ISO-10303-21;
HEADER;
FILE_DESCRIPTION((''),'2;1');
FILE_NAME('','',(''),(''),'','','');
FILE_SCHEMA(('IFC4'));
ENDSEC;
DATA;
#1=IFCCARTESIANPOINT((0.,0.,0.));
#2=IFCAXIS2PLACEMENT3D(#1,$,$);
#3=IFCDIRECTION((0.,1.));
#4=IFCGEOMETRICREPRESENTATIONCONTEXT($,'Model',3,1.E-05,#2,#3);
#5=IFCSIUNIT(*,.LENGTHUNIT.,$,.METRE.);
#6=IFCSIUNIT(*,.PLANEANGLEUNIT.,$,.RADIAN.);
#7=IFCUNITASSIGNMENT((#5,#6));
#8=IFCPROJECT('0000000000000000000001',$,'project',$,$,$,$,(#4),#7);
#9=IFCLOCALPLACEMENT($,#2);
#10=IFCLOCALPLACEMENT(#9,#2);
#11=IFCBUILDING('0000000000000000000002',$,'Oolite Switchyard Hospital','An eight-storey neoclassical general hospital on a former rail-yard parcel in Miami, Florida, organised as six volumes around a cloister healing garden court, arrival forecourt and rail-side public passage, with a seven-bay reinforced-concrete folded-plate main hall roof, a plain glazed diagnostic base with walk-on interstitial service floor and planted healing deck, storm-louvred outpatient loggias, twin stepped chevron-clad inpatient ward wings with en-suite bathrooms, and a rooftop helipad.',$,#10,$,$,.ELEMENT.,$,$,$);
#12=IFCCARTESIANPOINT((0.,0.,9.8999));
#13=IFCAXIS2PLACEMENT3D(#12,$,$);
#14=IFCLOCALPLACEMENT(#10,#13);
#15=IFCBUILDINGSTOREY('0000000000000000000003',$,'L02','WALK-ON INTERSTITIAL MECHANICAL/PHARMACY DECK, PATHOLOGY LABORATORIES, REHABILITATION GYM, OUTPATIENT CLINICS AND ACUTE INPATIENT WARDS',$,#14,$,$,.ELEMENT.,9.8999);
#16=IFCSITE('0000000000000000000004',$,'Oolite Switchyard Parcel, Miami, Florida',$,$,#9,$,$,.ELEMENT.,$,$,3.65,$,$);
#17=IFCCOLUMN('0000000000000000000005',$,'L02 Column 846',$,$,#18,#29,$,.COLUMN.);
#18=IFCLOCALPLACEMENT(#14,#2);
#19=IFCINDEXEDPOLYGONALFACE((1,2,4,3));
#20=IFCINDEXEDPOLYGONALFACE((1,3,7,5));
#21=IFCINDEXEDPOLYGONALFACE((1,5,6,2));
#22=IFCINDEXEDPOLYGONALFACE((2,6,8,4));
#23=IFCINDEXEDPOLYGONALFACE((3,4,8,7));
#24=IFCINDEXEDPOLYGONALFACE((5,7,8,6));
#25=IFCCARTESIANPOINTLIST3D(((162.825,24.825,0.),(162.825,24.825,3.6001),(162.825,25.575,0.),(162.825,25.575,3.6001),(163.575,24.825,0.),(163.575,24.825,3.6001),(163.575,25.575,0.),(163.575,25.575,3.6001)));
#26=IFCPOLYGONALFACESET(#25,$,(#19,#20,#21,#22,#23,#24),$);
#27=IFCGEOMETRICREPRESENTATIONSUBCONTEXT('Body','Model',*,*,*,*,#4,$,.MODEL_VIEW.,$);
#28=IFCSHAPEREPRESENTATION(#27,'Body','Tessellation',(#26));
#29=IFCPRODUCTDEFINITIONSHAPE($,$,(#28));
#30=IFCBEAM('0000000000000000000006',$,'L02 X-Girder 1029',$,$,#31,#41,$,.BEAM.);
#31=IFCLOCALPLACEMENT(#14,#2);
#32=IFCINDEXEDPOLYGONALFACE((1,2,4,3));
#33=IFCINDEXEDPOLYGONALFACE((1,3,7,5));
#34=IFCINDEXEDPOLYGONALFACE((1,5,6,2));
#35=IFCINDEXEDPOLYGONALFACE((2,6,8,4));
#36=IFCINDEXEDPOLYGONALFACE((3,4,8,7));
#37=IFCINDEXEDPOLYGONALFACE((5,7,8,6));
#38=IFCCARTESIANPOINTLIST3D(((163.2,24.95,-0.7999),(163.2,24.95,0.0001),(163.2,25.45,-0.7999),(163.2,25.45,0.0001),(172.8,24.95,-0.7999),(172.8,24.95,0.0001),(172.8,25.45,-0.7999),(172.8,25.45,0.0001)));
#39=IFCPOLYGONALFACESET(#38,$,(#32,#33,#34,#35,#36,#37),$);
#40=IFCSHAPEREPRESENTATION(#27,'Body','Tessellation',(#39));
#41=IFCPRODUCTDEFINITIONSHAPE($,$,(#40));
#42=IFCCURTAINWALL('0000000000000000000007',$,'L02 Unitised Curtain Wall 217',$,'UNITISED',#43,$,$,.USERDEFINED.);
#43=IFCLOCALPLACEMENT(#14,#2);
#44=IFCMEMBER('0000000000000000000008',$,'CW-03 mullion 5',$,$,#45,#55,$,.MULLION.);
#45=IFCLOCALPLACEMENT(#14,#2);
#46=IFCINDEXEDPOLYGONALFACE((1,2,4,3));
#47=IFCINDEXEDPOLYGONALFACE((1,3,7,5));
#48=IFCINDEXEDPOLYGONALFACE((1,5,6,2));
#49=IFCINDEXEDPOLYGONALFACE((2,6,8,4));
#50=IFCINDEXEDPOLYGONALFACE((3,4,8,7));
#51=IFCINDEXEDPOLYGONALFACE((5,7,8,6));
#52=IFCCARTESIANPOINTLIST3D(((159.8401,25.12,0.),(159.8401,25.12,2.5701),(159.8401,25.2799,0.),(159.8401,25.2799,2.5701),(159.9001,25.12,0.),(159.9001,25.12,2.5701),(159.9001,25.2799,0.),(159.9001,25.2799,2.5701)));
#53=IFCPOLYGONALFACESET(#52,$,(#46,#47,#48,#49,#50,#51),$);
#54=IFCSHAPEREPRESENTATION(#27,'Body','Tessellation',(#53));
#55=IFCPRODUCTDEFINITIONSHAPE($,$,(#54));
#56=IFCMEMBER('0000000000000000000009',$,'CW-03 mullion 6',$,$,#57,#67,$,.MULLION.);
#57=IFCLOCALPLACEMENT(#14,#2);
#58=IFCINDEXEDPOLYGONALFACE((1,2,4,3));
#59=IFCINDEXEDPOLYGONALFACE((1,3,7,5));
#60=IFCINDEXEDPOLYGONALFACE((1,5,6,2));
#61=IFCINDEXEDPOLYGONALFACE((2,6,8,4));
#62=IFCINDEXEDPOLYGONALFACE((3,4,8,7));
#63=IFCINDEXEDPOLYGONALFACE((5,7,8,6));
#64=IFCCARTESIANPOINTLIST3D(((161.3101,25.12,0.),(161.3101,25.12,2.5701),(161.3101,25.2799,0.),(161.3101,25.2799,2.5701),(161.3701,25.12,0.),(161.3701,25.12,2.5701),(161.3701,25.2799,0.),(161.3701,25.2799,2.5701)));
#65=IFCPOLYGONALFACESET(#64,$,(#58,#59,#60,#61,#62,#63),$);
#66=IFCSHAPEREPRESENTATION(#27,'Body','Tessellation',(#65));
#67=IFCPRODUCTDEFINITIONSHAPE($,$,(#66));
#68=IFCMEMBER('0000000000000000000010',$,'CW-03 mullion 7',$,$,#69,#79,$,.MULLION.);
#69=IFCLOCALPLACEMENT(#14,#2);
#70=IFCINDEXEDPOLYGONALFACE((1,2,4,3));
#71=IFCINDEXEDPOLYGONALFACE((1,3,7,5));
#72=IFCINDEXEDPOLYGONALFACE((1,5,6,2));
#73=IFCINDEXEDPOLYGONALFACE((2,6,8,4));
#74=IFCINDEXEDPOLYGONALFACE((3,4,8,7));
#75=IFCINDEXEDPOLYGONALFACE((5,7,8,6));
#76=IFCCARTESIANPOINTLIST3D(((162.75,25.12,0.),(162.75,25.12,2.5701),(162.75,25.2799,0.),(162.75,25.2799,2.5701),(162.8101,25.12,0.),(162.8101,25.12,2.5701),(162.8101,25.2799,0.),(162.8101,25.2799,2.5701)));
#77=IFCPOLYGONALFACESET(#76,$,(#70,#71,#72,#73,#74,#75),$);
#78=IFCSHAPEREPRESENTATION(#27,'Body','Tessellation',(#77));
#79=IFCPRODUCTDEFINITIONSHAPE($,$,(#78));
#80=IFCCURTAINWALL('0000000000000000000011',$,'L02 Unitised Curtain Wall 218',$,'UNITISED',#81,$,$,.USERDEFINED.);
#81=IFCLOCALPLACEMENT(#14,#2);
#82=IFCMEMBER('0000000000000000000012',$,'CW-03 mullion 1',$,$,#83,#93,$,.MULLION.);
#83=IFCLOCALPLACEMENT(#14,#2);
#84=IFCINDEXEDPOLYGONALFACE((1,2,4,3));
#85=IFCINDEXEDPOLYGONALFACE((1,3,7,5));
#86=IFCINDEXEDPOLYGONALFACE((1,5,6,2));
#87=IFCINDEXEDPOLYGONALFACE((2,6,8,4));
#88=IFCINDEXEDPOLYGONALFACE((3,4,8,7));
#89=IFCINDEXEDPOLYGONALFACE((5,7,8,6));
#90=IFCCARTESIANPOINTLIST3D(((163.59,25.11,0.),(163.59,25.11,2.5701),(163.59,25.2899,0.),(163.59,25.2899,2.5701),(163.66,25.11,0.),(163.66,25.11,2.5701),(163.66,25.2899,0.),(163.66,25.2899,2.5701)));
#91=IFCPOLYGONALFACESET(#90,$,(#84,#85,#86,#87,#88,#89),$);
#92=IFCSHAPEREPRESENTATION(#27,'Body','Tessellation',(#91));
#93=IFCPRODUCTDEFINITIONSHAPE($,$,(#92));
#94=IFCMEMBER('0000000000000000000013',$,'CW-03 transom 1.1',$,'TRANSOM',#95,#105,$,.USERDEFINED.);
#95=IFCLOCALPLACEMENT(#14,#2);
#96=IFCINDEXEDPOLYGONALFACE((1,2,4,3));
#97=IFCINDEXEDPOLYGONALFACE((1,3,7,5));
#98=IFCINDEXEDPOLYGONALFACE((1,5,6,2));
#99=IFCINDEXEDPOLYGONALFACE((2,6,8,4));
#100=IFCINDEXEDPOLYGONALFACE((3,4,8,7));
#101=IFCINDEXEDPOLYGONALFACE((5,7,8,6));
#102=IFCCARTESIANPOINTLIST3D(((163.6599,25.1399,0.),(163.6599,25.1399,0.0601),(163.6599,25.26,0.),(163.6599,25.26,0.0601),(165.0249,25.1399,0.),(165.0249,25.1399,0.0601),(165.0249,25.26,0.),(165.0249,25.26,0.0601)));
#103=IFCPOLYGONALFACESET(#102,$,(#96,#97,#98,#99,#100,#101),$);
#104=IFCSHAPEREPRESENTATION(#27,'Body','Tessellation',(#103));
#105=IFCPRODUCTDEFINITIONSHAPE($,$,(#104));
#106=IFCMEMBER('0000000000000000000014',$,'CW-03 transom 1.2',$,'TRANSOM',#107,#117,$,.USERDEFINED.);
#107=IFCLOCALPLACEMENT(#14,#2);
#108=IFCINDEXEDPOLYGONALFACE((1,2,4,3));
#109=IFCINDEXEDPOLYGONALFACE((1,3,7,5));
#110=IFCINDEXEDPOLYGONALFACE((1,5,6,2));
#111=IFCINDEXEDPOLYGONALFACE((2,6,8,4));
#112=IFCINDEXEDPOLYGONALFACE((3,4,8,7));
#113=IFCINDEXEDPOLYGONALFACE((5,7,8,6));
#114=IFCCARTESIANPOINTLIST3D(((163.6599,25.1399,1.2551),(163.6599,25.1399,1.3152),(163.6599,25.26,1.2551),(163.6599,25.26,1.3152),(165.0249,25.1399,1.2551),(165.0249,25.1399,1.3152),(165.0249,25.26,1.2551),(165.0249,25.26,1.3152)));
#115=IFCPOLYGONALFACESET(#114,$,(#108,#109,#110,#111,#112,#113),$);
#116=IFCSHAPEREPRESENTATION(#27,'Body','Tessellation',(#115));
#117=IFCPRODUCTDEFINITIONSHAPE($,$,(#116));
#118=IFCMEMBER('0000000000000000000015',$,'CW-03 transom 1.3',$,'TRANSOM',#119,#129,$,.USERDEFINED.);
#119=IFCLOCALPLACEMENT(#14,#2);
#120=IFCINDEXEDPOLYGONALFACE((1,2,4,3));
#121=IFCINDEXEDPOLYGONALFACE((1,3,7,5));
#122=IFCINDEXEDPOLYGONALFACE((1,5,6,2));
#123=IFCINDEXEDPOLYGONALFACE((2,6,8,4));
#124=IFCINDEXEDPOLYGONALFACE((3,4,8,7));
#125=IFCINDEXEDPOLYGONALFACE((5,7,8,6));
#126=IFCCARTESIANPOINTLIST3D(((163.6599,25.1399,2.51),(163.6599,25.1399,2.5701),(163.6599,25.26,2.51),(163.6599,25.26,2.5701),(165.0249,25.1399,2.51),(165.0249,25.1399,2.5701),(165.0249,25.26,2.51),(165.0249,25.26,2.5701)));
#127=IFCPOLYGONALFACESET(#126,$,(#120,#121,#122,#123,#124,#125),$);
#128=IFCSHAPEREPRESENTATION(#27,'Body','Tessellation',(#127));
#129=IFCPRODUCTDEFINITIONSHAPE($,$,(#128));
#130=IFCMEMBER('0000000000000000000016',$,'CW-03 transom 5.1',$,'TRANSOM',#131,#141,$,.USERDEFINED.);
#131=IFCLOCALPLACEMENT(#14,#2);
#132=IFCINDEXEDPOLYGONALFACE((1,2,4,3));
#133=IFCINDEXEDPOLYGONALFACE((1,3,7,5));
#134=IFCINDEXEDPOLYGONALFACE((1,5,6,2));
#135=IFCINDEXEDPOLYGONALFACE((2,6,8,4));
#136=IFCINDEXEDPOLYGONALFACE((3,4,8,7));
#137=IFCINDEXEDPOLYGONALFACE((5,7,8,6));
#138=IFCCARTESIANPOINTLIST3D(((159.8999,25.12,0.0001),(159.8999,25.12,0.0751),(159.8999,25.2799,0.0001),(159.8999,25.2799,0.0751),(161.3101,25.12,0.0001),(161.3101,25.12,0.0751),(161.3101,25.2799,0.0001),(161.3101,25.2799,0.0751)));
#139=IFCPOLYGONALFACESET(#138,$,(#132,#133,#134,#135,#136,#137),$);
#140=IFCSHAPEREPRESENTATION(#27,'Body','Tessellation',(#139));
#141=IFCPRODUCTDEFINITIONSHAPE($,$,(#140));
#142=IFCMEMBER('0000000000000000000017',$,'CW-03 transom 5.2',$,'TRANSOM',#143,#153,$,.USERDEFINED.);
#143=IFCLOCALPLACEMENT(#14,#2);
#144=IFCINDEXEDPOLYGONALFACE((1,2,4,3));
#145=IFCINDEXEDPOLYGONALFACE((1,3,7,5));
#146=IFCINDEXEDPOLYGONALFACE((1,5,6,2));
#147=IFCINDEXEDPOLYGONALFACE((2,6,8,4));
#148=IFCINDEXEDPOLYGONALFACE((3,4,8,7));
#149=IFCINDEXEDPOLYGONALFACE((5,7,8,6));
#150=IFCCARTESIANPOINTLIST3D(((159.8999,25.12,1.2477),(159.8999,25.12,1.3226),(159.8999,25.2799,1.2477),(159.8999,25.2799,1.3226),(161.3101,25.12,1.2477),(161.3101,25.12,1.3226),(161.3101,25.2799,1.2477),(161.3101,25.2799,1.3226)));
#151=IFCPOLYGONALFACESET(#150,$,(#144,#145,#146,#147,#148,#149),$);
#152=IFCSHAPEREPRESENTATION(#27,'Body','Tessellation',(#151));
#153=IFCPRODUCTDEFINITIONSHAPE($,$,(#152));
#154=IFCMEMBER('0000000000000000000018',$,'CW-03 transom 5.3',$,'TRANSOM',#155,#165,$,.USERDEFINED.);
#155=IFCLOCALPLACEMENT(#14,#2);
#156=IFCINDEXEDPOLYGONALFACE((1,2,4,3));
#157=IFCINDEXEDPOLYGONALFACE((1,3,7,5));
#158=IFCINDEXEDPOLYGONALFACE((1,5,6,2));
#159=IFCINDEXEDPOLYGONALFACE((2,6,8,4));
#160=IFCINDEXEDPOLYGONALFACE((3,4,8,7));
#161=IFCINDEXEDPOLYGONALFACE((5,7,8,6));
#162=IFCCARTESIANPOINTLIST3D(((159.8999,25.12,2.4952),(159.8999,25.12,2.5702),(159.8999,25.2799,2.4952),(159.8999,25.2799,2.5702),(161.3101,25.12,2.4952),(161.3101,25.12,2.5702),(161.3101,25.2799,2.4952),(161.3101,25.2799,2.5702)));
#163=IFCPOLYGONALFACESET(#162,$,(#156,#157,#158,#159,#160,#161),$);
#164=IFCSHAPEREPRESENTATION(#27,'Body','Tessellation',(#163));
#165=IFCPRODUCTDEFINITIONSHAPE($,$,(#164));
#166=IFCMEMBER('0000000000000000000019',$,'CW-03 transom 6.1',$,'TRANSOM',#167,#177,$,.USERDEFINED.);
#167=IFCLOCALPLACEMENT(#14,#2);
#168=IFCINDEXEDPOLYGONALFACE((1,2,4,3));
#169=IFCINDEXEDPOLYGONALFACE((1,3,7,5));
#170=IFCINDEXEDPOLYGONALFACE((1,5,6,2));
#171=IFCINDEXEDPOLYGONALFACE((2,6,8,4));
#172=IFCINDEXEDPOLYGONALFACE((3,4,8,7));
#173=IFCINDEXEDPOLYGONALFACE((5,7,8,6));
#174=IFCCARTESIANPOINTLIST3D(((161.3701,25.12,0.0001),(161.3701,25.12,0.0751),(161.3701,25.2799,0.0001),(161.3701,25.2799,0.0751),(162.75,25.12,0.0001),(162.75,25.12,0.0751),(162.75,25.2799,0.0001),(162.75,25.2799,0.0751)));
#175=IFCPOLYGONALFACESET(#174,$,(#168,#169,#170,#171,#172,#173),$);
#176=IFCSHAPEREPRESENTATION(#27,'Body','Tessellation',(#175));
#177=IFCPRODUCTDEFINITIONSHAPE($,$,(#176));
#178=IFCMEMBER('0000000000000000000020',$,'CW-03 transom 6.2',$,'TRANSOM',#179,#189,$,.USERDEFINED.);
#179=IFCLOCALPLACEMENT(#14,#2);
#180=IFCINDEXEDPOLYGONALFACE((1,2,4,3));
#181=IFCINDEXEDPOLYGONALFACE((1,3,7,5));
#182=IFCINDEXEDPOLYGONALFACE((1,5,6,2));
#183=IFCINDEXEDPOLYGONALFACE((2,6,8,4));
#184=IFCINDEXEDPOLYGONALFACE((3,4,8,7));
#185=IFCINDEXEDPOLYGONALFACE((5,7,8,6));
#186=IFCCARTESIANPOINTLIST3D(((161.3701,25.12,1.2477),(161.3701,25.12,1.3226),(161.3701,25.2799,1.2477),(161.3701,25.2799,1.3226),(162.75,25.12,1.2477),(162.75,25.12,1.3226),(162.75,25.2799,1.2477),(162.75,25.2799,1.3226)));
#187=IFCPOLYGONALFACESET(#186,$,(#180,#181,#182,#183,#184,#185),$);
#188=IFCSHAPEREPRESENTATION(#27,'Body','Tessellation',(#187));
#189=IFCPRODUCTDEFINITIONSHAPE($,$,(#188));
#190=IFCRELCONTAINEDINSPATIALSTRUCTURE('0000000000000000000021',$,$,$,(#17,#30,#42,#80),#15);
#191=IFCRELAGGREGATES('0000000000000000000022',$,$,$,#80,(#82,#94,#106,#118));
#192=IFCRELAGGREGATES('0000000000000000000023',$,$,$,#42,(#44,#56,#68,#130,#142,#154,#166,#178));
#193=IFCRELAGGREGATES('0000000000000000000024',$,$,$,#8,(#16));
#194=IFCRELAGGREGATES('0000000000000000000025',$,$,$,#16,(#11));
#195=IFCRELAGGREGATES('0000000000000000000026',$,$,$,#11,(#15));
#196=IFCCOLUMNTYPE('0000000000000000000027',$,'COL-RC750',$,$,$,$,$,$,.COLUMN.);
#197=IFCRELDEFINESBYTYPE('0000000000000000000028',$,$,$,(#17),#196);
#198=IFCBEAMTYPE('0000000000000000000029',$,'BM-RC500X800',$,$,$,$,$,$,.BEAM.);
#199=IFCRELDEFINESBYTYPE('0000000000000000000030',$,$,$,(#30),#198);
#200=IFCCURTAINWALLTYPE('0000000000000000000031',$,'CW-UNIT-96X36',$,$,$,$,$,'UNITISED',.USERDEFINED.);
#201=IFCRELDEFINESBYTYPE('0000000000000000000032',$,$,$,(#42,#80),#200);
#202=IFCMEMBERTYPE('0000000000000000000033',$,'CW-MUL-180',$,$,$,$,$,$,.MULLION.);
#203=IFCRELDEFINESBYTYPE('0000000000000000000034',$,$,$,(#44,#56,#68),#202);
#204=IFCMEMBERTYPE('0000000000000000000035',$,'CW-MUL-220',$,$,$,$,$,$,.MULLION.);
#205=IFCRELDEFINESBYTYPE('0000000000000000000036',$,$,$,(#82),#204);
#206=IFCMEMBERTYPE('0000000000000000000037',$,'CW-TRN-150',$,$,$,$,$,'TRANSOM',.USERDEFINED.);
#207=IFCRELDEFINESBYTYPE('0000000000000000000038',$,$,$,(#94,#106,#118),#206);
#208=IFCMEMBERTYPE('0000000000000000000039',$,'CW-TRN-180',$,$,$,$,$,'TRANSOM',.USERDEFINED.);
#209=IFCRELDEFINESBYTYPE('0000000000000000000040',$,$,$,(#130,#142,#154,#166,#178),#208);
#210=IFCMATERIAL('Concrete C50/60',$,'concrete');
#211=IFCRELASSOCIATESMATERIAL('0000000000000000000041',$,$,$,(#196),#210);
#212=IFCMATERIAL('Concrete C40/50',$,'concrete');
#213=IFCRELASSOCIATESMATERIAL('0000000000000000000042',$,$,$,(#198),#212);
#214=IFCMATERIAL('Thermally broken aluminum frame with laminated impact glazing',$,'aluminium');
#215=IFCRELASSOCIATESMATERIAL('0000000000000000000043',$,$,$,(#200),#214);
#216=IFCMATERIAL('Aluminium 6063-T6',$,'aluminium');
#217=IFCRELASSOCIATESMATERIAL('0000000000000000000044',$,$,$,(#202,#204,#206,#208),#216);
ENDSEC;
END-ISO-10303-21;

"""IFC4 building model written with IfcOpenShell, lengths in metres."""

from ifc_helpers import new_model, si_unit, direction, frame, origin, origin_2d, place, context, subcontext, project, spatial, rectangle, extrude, material, material_profile, profile_set, type_object, element, aggregate, save


model = new_model("IFC4")

# Units and contexts
model_context = context("Model", 3, precision=1e-05, world=origin(), true_north=direction((0.0, 1.0)))
body_context = subcontext(model_context, "Body", "Model", "MODEL_VIEW")
ifc_project = project(units=[si_unit("LENGTHUNIT", "METRE"), si_unit("PLANEANGLEUNIT", "RADIAN")], contexts=[model_context])

# Site, building, storey
site_placement = place(None, origin())
site = spatial("IfcSite", under=ifc_project, at=site_placement, Name="Oolite Switchyard Parcel, Miami, Florida", CompositionType="ELEMENT", RefElevation=3.65)
building_placement = place(site_placement, origin())
building = spatial("IfcBuilding", under=site, at=building_placement, Name="Oolite Switchyard Hospital", Description="An eight-storey neoclassical general hospital on a former rail-yard parcel in Miami, Florida, organised as six volumes around a cloister healing garden court, arrival forecourt and rail-side public passage, with a seven-bay reinforced-concrete folded-plate main hall roof, a plain glazed diagnostic base with walk-on interstitial service floor and planted healing deck, storm-louvred outpatient loggias, twin stepped chevron-clad inpatient ward wings with en-suite bathrooms, and a rooftop helipad.", CompositionType="ELEMENT")
storey_placement = place(building_placement, frame((0.0, 0.0, 9.8999)))
storey = spatial("IfcBuildingStorey", under=building, at=storey_placement, Name="L02", Description="WALK-ON INTERSTITIAL MECHANICAL/PHARMACY DECK, PATHOLOGY LABORATORIES, REHABILITATION GYM, OUTPATIENT CLINICS AND ACUTE INPATIENT WARDS", CompositionType="ELEMENT", Elevation=9.8999)

# Column
ifc_material_1 = material(Name="Concrete C50/60", Category="concrete")
ifc_material_profile_1 = material_profile(ifc_material_1, rectangle(XDim=0.75, YDim=0.75, at=origin_2d()), Name="RC750X750")
ifc_profile_set_1 = profile_set([ifc_material_profile_1], Name="Concrete C50/60")
column_type = type_object("IfcColumnType", Name="COL-RC750", PredefinedType="COLUMN", material=ifc_profile_set_1)
column_placement = place(storey_placement, frame((163.2, 25.2, 0.0), z_axis=(0.0, 0.0, 1.0), x_axis=(1.0, 0.0, 0.0)))
element("IfcColumn", 1, at=column_placement, inside=storey, type_object=column_type, Name="L02 Column 846", PredefinedType="COLUMN", context=body_context, shape_type="SweptSolid", body=[
    extrude(rectangle(XDim=0.75, YDim=0.75, at=origin_2d()), origin(), (0.0, 0.0, 1.0), 3.6001),
])

# Beam
ifc_material_2 = material(Name="Concrete C40/50", Category="concrete")
ifc_material_profile_2 = material_profile(ifc_material_2, rectangle(XDim=0.5, YDim=0.8, at=origin_2d()), Name="RCB500X800")
ifc_profile_set_2 = profile_set([ifc_material_profile_2], Name="Concrete C40/50")
beam_type = type_object("IfcBeamType", Name="BM-RC500X800", PredefinedType="BEAM", material=ifc_profile_set_2)
beam_placement = place(storey_placement, frame((163.2, 25.2, -0.3999), z_axis=(1.0, 0.0, 0.0), x_axis=(0.0, 1.0, 0.0)))
element("IfcBeam", 2, at=beam_placement, inside=storey, type_object=beam_type, Name="L02 X-Girder 1029", PredefinedType="BEAM", context=body_context, shape_type="SweptSolid", body=[
    extrude(rectangle(XDim=0.5, YDim=0.8, at=origin_2d()), origin(), (0.0, 0.0, 1.0), 9.6001),
])

# Curtain walls, members
ifc_material_3 = material(Name="Thermally broken aluminum frame with laminated impact glazing", Category="aluminium")
curtain_wall_type = type_object("IfcCurtainWallType", Name="CW-UNIT-96X36", ElementType="UNITISED", PredefinedType="USERDEFINED", material=ifc_material_3)
curtain_wall_1_placement = place(storey_placement, origin())
curtain_wall_1 = element("IfcCurtainWall", 3, at=curtain_wall_1_placement, inside=storey, type_object=curtain_wall_type, Name="L02 Unitised Curtain Wall 217", ObjectType="UNITISED", PredefinedType="USERDEFINED")
ifc_material_4 = material(Name="Aluminium 6063-T6", Category="aluminium")
ifc_material_profile_3 = material_profile(ifc_material_4, rectangle(XDim=0.1599, YDim=0.0601, at=origin_2d()), Name="CWM60X160")
ifc_profile_set_3 = profile_set([ifc_material_profile_3], Name="Aluminium 6063-T6")
member_type_1 = type_object("IfcMemberType", Name="CW-MUL-180", PredefinedType="MULLION", material=ifc_profile_set_3)
member_1_placement = place(storey_placement, frame((159.8701, 25.2, 0.0), z_axis=(0.0, 0.0, 1.0), x_axis=(0.0, 1.0, 0.0)))
member_1 = element("IfcMember", 4, at=member_1_placement, type_object=member_type_1, Name="CW-03 mullion 5", PredefinedType="MULLION", context=body_context, shape_type="SweptSolid", body=[
    extrude(rectangle(XDim=0.1599, YDim=0.0601, at=origin_2d()), origin(), (0.0, 0.0, 1.0), 2.5701),
])
member_2_placement = place(storey_placement, frame((161.3401, 25.2, 0.0), z_axis=(0.0, 0.0, 1.0), x_axis=(0.0, 1.0, 0.0)))
member_2 = element("IfcMember", 5, at=member_2_placement, type_object=member_type_1, Name="CW-03 mullion 6", PredefinedType="MULLION", context=body_context, shape_type="SweptSolid", body=[
    extrude(rectangle(XDim=0.1599, YDim=0.0601, at=origin_2d()), origin(), (0.0, 0.0, 1.0), 2.5701),
])
member_3_placement = place(storey_placement, frame((162.78, 25.2, 0.0), z_axis=(0.0, 0.0, 1.0), x_axis=(0.0, 1.0, 0.0)))
member_3 = element("IfcMember", 6, at=member_3_placement, type_object=member_type_1, Name="CW-03 mullion 7", PredefinedType="MULLION", context=body_context, shape_type="SweptSolid", body=[
    extrude(rectangle(XDim=0.1599, YDim=0.0601, at=origin_2d()), origin(), (0.0, 0.0, 1.0), 2.5701),
])
curtain_wall_2_placement = place(storey_placement, origin())
curtain_wall_2 = element("IfcCurtainWall", 7, at=curtain_wall_2_placement, inside=storey, type_object=curtain_wall_type, Name="L02 Unitised Curtain Wall 218", ObjectType="UNITISED", PredefinedType="USERDEFINED")
ifc_material_profile_4 = material_profile(ifc_material_4, rectangle(XDim=0.1799, YDim=0.0701, at=origin_2d()), Name="CWM70X180")
ifc_profile_set_4 = profile_set([ifc_material_profile_4], Name="Aluminium 6063-T6")
member_type_2 = type_object("IfcMemberType", Name="CW-MUL-220", PredefinedType="MULLION", material=ifc_profile_set_4)
member_4_placement = place(storey_placement, frame((163.625, 25.2, 0.0), z_axis=(0.0, 0.0, 1.0), x_axis=(0.0, 1.0, 0.0)))
member_4 = element("IfcMember", 8, at=member_4_placement, type_object=member_type_2, Name="CW-03 mullion 1", PredefinedType="MULLION", context=body_context, shape_type="SweptSolid", body=[
    extrude(rectangle(XDim=0.1799, YDim=0.0701, at=origin_2d()), origin(), (0.0, 0.0, 1.0), 2.5701),
])
ifc_material_profile_5 = material_profile(ifc_material_4, rectangle(XDim=0.1201, YDim=0.0601, at=origin_2d()), Name="CWT60X120")
ifc_profile_set_5 = profile_set([ifc_material_profile_5], Name="Aluminium 6063-T6")
member_type_3 = type_object("IfcMemberType", Name="CW-TRN-150", ElementType="TRANSOM", PredefinedType="USERDEFINED", material=ifc_profile_set_5)
member_5_placement = place(storey_placement, frame((163.6599, 25.2, 0.03), z_axis=(1.0, 0.0, 0.0), x_axis=(0.0, 1.0, 0.0)))
member_5 = element("IfcMember", 9, at=member_5_placement, type_object=member_type_3, Name="CW-03 transom 1.1", ObjectType="TRANSOM", PredefinedType="USERDEFINED", context=body_context, shape_type="SweptSolid", body=[
    extrude(rectangle(XDim=0.1201, YDim=0.0601, at=origin_2d()), origin(), (0.0, 0.0, 1.0), 1.365),
])
member_6_placement = place(storey_placement, frame((163.6599, 25.2, 1.2852), z_axis=(1.0, 0.0, 0.0), x_axis=(0.0, 1.0, 0.0)))
member_6 = element("IfcMember", 10, at=member_6_placement, type_object=member_type_3, Name="CW-03 transom 1.2", ObjectType="TRANSOM", PredefinedType="USERDEFINED", context=body_context, shape_type="SweptSolid", body=[
    extrude(rectangle(XDim=0.1201, YDim=0.0601, at=origin_2d()), origin(), (0.0, 0.0, 1.0), 1.365),
])
member_7_placement = place(storey_placement, frame((163.6599, 25.2, 2.54), z_axis=(1.0, 0.0, 0.0), x_axis=(0.0, 1.0, 0.0)))
member_7 = element("IfcMember", 11, at=member_7_placement, type_object=member_type_3, Name="CW-03 transom 1.3", ObjectType="TRANSOM", PredefinedType="USERDEFINED", context=body_context, shape_type="SweptSolid", body=[
    extrude(rectangle(XDim=0.1201, YDim=0.0601, at=origin_2d()), origin(), (0.0, 0.0, 1.0), 1.365),
])

# Members
ifc_material_profile_6 = material_profile(ifc_material_4, rectangle(XDim=0.1599, YDim=0.075, at=origin_2d()), Name="CWT75X160")
ifc_profile_set_6 = profile_set([ifc_material_profile_6], Name="Aluminium 6063-T6")
member_type_4 = type_object("IfcMemberType", Name="CW-TRN-180", ElementType="TRANSOM", PredefinedType="USERDEFINED", material=ifc_profile_set_6)
member_8_placement = place(storey_placement, frame((159.8999, 25.2, 0.0376), z_axis=(1.0, 0.0, 0.0), x_axis=(0.0, 1.0, 0.0)))
member_8 = element("IfcMember", 12, at=member_8_placement, type_object=member_type_4, Name="CW-03 transom 5.1", ObjectType="TRANSOM", PredefinedType="USERDEFINED", context=body_context, shape_type="SweptSolid", body=[
    extrude(rectangle(XDim=0.1599, YDim=0.075, at=origin_2d()), origin(), (0.0, 0.0, 1.0), 1.4102),
])
member_9_placement = place(storey_placement, frame((159.8999, 25.2, 1.2852), z_axis=(1.0, 0.0, 0.0), x_axis=(0.0, 1.0, 0.0)))
member_9 = element("IfcMember", 13, at=member_9_placement, type_object=member_type_4, Name="CW-03 transom 5.2", ObjectType="TRANSOM", PredefinedType="USERDEFINED", context=body_context, shape_type="SweptSolid", body=[
    extrude(rectangle(XDim=0.1599, YDim=0.075, at=origin_2d()), origin(), (0.0, 0.0, 1.0), 1.4102),
])
member_10_placement = place(storey_placement, frame((159.8999, 25.2, 2.5327), z_axis=(1.0, 0.0, 0.0), x_axis=(0.0, 1.0, 0.0)))
member_10 = element("IfcMember", 14, at=member_10_placement, type_object=member_type_4, Name="CW-03 transom 5.3", ObjectType="TRANSOM", PredefinedType="USERDEFINED", context=body_context, shape_type="SweptSolid", body=[
    extrude(rectangle(XDim=0.1599, YDim=0.075, at=origin_2d()), origin(), (0.0, 0.0, 1.0), 1.4102),
])
member_11_placement = place(storey_placement, frame((161.3701, 25.2, 0.0376), z_axis=(1.0, 0.0, 0.0), x_axis=(0.0, 1.0, 0.0)))
member_11 = element("IfcMember", 15, at=member_11_placement, type_object=member_type_4, Name="CW-03 transom 6.1", ObjectType="TRANSOM", PredefinedType="USERDEFINED", context=body_context, shape_type="SweptSolid", body=[
    extrude(rectangle(XDim=0.1599, YDim=0.075, at=origin_2d()), origin(), (0.0, 0.0, 1.0), 1.3799),
])
member_12_placement = place(storey_placement, frame((161.3701, 25.2, 1.2852), z_axis=(1.0, 0.0, 0.0), x_axis=(0.0, 1.0, 0.0)))
member_12 = element("IfcMember", 16, at=member_12_placement, type_object=member_type_4, Name="CW-03 transom 6.2", ObjectType="TRANSOM", PredefinedType="USERDEFINED", context=body_context, shape_type="SweptSolid", body=[
    extrude(rectangle(XDim=0.1599, YDim=0.075, at=origin_2d()), origin(), (0.0, 0.0, 1.0), 1.3799),
])

aggregate(curtain_wall_2, [member_4, member_5, member_6, member_7])
aggregate(curtain_wall_1, [member_1, member_2, member_3, member_8, member_9, member_10, member_11, member_12])

save(model, "model.ifc")
